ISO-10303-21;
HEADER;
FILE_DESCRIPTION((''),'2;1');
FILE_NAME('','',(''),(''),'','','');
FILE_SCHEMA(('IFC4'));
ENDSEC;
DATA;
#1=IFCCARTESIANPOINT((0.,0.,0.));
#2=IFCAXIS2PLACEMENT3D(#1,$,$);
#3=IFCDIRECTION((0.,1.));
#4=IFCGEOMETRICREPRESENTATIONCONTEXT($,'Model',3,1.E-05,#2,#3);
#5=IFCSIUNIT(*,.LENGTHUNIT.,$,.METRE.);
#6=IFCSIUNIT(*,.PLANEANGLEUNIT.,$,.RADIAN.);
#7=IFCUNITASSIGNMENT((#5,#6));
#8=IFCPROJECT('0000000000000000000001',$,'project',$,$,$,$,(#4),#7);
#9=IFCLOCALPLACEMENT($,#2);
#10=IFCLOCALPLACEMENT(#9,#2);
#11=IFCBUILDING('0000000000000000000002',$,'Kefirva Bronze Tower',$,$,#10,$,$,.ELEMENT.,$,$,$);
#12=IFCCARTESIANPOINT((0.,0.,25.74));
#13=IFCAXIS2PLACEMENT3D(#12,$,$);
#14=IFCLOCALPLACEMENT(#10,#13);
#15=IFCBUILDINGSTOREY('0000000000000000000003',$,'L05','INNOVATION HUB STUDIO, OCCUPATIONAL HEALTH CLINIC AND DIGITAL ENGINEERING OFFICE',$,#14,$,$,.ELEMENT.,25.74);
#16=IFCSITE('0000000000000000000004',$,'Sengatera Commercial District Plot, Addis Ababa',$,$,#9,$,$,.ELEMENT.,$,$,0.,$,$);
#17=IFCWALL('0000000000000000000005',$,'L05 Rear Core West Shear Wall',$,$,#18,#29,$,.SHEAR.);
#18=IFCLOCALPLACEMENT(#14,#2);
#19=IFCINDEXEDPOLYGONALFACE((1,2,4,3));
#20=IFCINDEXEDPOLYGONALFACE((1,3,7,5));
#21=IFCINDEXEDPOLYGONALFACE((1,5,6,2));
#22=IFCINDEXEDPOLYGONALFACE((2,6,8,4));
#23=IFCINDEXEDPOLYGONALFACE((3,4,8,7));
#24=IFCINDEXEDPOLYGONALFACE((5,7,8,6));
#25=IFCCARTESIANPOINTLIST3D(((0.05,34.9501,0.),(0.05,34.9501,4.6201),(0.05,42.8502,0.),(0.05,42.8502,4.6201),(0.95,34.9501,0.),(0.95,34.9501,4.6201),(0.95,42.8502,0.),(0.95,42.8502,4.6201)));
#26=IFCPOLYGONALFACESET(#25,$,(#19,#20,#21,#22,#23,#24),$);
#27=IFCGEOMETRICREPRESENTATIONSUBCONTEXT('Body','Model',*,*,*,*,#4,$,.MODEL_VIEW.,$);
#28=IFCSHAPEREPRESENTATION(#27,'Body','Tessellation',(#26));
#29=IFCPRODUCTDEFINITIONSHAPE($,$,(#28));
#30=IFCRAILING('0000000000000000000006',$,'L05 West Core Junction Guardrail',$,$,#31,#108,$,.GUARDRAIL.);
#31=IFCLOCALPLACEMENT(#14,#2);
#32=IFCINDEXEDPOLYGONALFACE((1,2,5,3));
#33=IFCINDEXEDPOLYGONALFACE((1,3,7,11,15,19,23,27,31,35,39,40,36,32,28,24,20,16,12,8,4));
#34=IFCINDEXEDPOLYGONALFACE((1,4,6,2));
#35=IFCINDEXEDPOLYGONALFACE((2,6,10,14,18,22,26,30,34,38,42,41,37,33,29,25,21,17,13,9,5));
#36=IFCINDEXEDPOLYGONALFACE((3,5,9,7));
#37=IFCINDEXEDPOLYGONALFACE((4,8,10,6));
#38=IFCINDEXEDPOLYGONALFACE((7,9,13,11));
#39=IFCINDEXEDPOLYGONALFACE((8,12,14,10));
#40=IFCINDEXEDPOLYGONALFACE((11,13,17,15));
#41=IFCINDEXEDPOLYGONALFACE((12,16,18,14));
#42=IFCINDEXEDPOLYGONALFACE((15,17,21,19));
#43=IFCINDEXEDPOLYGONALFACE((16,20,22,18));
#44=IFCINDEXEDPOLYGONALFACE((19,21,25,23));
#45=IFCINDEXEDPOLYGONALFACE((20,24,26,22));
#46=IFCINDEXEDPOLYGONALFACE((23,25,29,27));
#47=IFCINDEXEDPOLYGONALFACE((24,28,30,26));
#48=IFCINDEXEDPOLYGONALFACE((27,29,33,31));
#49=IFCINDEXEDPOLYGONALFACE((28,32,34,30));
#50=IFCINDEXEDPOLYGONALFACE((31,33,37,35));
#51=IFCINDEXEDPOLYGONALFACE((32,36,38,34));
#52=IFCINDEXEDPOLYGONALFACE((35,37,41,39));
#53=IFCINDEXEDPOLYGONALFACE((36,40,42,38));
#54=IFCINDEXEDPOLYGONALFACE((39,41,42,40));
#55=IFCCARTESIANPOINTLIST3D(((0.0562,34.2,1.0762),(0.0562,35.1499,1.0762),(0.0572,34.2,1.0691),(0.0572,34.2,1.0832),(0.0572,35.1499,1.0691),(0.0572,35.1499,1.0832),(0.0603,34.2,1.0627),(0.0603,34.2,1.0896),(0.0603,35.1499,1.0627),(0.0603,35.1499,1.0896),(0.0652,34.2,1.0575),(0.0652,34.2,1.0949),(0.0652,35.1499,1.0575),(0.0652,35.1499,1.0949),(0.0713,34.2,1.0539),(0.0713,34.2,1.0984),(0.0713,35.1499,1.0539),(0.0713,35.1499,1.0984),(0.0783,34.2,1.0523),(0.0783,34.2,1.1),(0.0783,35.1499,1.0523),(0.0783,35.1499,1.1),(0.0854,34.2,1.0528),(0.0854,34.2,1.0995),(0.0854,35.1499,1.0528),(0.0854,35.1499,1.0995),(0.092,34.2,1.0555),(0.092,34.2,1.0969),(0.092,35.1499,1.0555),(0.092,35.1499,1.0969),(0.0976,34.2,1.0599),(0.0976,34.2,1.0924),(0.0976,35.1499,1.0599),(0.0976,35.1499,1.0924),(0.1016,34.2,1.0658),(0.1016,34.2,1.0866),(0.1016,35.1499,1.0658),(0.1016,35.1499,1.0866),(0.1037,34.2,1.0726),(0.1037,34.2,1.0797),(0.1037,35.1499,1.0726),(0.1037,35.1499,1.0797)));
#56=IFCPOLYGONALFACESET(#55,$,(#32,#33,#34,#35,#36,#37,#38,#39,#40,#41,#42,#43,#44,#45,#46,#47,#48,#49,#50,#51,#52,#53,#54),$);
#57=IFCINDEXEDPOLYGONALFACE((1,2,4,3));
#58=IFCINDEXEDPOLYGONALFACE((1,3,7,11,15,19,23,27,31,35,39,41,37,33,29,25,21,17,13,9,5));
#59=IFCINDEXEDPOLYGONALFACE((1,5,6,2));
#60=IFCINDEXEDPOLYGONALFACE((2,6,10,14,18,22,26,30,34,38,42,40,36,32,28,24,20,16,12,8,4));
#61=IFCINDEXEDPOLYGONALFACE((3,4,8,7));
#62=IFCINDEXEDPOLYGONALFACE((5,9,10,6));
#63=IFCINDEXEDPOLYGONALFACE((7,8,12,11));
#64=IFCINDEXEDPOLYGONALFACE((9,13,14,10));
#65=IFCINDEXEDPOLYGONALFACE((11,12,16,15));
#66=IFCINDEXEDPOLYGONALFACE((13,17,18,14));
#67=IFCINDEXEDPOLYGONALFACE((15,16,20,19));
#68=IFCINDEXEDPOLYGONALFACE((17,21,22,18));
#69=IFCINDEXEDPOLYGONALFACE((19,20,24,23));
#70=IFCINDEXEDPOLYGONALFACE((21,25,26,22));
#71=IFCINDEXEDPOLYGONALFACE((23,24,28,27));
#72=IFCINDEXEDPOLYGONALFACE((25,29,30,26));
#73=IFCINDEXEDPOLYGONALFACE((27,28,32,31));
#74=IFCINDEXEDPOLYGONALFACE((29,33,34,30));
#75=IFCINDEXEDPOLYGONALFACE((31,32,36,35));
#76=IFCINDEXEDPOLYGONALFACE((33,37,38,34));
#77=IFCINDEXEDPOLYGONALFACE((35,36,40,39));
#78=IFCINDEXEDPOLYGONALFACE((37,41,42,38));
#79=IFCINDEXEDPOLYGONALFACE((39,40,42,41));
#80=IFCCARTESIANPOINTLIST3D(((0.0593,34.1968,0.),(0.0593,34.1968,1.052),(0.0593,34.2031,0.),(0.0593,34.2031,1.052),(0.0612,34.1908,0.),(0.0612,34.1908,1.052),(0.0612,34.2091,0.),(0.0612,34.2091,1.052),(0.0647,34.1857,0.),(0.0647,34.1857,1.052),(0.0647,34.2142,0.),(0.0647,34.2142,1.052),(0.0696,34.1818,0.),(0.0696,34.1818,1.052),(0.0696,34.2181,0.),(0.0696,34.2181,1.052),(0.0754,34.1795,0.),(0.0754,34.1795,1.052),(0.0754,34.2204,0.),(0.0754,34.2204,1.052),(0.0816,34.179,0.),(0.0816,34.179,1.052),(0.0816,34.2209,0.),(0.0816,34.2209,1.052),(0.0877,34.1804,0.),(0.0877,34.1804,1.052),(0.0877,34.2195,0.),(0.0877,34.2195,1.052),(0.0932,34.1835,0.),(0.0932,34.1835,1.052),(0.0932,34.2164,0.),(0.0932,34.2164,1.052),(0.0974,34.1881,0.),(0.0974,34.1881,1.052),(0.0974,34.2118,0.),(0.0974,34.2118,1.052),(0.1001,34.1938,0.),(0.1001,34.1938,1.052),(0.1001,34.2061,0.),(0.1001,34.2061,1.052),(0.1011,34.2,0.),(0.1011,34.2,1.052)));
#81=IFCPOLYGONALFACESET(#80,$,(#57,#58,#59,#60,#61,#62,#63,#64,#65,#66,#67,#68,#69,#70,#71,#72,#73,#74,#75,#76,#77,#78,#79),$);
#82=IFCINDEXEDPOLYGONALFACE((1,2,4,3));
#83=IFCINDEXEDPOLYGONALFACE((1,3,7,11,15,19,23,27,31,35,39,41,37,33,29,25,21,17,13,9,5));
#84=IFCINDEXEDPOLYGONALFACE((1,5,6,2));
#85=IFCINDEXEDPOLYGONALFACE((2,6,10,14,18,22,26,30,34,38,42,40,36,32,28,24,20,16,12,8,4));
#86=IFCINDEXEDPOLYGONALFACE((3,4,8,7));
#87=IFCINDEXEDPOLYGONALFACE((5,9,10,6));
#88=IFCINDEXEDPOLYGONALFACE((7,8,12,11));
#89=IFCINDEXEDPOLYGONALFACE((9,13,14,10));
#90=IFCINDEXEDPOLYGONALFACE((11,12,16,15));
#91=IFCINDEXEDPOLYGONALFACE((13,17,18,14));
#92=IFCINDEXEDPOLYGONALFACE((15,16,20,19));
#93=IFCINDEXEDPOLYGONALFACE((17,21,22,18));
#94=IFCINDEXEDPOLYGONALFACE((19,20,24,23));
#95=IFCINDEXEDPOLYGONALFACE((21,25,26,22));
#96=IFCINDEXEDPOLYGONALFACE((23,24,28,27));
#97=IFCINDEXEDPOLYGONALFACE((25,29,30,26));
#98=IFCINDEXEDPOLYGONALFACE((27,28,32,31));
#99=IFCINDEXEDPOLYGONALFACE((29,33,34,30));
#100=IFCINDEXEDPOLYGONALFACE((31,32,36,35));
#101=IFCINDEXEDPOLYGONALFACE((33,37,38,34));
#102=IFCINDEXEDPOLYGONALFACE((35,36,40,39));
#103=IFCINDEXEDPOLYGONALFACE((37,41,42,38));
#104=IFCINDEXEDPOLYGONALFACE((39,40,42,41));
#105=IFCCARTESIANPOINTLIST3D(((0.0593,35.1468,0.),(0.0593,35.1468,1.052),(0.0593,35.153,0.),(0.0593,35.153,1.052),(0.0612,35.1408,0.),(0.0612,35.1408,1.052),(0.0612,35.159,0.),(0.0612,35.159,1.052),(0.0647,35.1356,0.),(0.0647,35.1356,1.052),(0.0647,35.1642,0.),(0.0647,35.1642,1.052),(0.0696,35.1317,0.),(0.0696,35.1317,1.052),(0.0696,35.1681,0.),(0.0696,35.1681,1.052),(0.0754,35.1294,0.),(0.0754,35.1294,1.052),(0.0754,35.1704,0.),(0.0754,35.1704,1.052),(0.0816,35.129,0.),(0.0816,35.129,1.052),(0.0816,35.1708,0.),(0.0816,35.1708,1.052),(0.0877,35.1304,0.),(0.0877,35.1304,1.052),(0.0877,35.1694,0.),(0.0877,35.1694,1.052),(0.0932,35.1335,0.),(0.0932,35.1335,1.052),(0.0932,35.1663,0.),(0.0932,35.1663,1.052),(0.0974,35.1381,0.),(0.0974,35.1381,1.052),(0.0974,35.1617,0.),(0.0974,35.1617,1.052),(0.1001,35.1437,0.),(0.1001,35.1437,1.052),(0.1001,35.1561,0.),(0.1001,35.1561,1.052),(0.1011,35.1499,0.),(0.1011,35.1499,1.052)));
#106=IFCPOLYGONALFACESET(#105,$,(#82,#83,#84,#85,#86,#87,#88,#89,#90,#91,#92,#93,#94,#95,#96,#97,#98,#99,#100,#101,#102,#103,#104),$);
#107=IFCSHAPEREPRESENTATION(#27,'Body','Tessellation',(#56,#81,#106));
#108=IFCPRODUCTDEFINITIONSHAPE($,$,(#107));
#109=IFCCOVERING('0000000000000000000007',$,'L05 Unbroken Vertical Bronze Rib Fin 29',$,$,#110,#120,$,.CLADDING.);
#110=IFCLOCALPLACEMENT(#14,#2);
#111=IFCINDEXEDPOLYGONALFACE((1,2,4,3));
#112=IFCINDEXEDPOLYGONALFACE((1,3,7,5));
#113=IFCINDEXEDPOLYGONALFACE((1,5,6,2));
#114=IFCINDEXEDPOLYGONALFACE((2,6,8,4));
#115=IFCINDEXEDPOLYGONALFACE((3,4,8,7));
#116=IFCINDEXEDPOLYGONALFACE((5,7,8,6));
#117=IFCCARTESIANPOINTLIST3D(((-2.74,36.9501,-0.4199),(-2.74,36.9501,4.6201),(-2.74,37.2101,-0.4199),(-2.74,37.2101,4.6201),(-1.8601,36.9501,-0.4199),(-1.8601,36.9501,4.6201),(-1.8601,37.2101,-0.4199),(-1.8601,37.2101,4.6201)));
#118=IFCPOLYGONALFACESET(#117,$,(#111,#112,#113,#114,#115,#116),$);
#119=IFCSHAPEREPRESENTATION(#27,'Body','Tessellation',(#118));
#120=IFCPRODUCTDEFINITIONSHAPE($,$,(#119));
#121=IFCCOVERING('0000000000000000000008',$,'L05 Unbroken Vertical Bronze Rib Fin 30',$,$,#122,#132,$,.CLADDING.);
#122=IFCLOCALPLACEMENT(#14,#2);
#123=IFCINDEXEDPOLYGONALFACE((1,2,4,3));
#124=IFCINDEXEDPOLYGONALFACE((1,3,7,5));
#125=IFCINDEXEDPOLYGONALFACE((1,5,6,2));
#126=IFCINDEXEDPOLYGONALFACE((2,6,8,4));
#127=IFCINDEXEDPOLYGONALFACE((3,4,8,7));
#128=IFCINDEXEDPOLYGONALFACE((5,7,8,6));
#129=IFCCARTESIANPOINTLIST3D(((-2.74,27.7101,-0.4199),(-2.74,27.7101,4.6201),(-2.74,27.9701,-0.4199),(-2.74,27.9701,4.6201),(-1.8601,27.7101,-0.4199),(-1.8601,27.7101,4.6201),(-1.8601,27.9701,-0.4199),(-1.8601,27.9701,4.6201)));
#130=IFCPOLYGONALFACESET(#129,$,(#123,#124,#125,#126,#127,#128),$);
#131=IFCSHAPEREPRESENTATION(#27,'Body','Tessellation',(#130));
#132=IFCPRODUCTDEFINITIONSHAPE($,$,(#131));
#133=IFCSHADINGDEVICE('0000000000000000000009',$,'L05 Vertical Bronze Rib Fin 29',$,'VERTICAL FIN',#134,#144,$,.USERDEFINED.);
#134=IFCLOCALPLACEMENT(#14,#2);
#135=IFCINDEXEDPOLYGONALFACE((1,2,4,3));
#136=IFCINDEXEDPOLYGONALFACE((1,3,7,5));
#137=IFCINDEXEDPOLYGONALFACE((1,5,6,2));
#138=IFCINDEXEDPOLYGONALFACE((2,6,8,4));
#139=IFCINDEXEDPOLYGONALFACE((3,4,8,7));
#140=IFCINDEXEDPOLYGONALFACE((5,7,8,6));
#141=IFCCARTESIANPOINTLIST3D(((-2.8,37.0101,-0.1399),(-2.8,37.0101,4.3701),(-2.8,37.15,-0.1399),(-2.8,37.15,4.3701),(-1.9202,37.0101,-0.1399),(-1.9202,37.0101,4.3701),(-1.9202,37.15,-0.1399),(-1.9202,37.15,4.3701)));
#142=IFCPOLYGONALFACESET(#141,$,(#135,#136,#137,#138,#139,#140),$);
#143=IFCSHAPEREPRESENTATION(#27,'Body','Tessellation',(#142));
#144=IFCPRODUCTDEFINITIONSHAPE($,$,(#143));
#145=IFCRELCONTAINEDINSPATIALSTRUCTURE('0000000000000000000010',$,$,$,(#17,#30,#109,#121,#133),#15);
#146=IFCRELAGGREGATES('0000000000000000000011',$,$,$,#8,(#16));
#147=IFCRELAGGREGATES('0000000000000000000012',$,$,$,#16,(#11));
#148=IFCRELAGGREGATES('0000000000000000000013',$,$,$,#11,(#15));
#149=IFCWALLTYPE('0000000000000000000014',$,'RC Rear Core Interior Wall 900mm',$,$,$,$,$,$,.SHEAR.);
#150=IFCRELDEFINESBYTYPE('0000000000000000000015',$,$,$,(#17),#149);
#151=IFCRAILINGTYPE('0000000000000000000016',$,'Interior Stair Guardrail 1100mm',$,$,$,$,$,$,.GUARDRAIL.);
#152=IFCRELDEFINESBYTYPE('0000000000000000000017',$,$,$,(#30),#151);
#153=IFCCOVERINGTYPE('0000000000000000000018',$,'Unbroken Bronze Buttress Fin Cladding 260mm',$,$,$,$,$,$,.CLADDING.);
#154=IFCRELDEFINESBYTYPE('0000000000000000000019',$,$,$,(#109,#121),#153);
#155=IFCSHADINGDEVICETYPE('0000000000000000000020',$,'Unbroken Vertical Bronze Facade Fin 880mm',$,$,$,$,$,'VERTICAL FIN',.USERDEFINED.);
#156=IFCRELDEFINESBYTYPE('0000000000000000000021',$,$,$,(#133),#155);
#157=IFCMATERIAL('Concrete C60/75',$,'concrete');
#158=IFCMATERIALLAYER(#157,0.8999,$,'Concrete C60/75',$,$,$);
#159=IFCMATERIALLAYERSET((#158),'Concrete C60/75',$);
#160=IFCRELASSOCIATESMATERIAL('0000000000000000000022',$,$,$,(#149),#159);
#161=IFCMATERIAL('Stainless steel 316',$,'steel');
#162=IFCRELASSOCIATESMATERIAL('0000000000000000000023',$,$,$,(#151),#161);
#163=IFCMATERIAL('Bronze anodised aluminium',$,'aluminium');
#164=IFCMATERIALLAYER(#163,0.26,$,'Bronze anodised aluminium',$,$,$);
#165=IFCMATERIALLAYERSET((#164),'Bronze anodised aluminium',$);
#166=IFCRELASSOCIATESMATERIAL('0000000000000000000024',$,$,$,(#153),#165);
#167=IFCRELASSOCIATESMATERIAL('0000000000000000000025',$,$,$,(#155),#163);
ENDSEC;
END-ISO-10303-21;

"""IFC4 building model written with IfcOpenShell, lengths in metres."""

from ifc_helpers import new_model, si_unit, direction, frame, frame_2d, origin, origin_2d, place, context, subcontext, project, spatial, rectangle, circle, extrude, material, layer, layer_set, material_profile, profile_set, type_object, element, save


model = new_model("IFC4")

# Units and contexts
model_context = context("Model", 3, precision=1e-05, world=origin(), true_north=direction((0.0, 1.0)))
body_context = subcontext(model_context, "Body", "Model", "MODEL_VIEW")
ifc_project = project(units=[si_unit("LENGTHUNIT", "METRE"), si_unit("PLANEANGLEUNIT", "RADIAN")], contexts=[model_context])

# Site, building, storey
site_placement = place(None, origin())
site = spatial("IfcSite", under=ifc_project, at=site_placement, Name="Sengatera Commercial District Plot, Addis Ababa", CompositionType="ELEMENT", RefElevation=0.0)
building_placement = place(site_placement, origin())
building = spatial("IfcBuilding", under=site, at=building_placement, Name="Kefirva Bronze Tower", CompositionType="ELEMENT")
storey_placement = place(building_placement, frame((0.0, 0.0, 25.74)))
storey = spatial("IfcBuildingStorey", under=building, at=storey_placement, Name="L05", Description="INNOVATION HUB STUDIO, OCCUPATIONAL HEALTH CLINIC AND DIGITAL ENGINEERING OFFICE", CompositionType="ELEMENT", Elevation=25.74)

# Shared definitions
ifc_material_1 = material(Name="Concrete C60/75", Category="concrete")

# Shared definitions
ifc_material_2 = material(Name="Bronze anodised aluminium", Category="aluminium")

# Wall
ifc_layer_1 = layer(ifc_material_1, 0.8999, Name="Concrete C60/75")
ifc_layer_set_1 = layer_set([ifc_layer_1], Name="Concrete C60/75")
wall_type = type_object("IfcWallType", Name="RC Rear Core Interior Wall 900mm", PredefinedType="SHEAR", material=ifc_layer_set_1)
wall_placement = place(storey_placement, frame((0.5, 34.95, 0.0), z_axis=(0.0, 0.0, 1.0), x_axis=(0.0, 1.0, 0.0)))
element("IfcWall", 1, at=wall_placement, inside=storey, type_object=wall_type, Name="L05 Rear Core West Shear Wall", PredefinedType="SHEAR", context=body_context, shape_type="SweptSolid", body=[
    extrude(rectangle(XDim=7.9001, YDim=0.8999, at=frame_2d((3.9502, 0.0))), origin(), (0.0, 0.0, 1.0), 4.6201),
])

# Railing
ifc_material_3 = material(Name="Stainless steel 316", Category="steel")
railing_type = type_object("IfcRailingType", Name="Interior Stair Guardrail 1100mm", PredefinedType="GUARDRAIL", material=ifc_material_3)
railing_placement = place(storey_placement, frame((0.0801, 34.2, 0.0)))
element("IfcRailing", 2, at=railing_placement, inside=storey, type_object=railing_type, Name="L05 West Core Junction Guardrail", PredefinedType="GUARDRAIL", context=body_context, shape_type="SweptSolid", body=[
    extrude(circle(Radius=0.0239, at=origin_2d()), frame((0.0, 0.0, 1.0762), z_axis=(0.0, 1.0, 0.0), x_axis=(-1.0, 0.0, 0.0)), (0.0, 0.0, 1.0), 0.95),
    extrude(circle(Radius=0.021, at=origin_2d()), origin(), (0.0, 0.0, 1.0), 1.052),
    extrude(circle(Radius=0.021, at=origin_2d()), frame((0.0, 0.95, 0.0)), (0.0, 0.0, 1.0), 1.052),
])

# Coverings
ifc_layer_2 = layer(ifc_material_2, 0.26, Name="Bronze anodised aluminium")
ifc_layer_set_2 = layer_set([ifc_layer_2], Name="Bronze anodised aluminium")
covering_type = type_object("IfcCoveringType", Name="Unbroken Bronze Buttress Fin Cladding 260mm", PredefinedType="CLADDING", material=ifc_layer_set_2)
for number, where, z_axis, x_axis, name in (
    (3, (-2.3, 37.0801, -0.4199), (0.0, 0.0, 1.0), (0.0, -1.0, 0.0), "L05 Unbroken Vertical Bronze Rib Fin 29"),
    (4, (-2.3, 27.8401, -0.4199), (0.0, 0.0, 1.0), (0.0, -1.0, 0.0), "L05 Unbroken Vertical Bronze Rib Fin 30"),
):
    element("IfcCovering", number, at=place(storey_placement, frame(where, z_axis=z_axis, x_axis=x_axis)), inside=storey, type_object=covering_type, Name=name, PredefinedType="CLADDING", context=body_context, shape_type="SweptSolid", body=[
        extrude(rectangle(XDim=0.26, YDim=0.8799, at=origin_2d()), origin(), (0.0, 0.0, 1.0), 5.04),
    ])

# Shading device
ifc_material_profile_1 = material_profile(ifc_material_2, rectangle(XDim=0.1399, YDim=0.8799, at=origin_2d()), Name="BRONZE FIN 140x880")
ifc_profile_set_1 = profile_set([ifc_material_profile_1], Name="Bronze anodised aluminium")
shading_device_type = type_object("IfcShadingDeviceType", Name="Unbroken Vertical Bronze Facade Fin 880mm", ElementType="VERTICAL FIN", PredefinedType="USERDEFINED", material=ifc_profile_set_1)
shading_device_placement = place(storey_placement, frame((-2.3601, 37.0801, -0.1399), z_axis=(0.0, 0.0, 1.0), x_axis=(0.0, -1.0, 0.0)))
element("IfcShadingDevice", 5, at=shading_device_placement, inside=storey, type_object=shading_device_type, Name="L05 Vertical Bronze Rib Fin 29", ObjectType="VERTICAL FIN", PredefinedType="USERDEFINED", context=body_context, shape_type="SweptSolid", body=[
    extrude(rectangle(XDim=0.1399, YDim=0.8799, at=origin_2d()), origin(), (0.0, 0.0, 1.0), 4.51),
])

save(model, "model.ifc")
